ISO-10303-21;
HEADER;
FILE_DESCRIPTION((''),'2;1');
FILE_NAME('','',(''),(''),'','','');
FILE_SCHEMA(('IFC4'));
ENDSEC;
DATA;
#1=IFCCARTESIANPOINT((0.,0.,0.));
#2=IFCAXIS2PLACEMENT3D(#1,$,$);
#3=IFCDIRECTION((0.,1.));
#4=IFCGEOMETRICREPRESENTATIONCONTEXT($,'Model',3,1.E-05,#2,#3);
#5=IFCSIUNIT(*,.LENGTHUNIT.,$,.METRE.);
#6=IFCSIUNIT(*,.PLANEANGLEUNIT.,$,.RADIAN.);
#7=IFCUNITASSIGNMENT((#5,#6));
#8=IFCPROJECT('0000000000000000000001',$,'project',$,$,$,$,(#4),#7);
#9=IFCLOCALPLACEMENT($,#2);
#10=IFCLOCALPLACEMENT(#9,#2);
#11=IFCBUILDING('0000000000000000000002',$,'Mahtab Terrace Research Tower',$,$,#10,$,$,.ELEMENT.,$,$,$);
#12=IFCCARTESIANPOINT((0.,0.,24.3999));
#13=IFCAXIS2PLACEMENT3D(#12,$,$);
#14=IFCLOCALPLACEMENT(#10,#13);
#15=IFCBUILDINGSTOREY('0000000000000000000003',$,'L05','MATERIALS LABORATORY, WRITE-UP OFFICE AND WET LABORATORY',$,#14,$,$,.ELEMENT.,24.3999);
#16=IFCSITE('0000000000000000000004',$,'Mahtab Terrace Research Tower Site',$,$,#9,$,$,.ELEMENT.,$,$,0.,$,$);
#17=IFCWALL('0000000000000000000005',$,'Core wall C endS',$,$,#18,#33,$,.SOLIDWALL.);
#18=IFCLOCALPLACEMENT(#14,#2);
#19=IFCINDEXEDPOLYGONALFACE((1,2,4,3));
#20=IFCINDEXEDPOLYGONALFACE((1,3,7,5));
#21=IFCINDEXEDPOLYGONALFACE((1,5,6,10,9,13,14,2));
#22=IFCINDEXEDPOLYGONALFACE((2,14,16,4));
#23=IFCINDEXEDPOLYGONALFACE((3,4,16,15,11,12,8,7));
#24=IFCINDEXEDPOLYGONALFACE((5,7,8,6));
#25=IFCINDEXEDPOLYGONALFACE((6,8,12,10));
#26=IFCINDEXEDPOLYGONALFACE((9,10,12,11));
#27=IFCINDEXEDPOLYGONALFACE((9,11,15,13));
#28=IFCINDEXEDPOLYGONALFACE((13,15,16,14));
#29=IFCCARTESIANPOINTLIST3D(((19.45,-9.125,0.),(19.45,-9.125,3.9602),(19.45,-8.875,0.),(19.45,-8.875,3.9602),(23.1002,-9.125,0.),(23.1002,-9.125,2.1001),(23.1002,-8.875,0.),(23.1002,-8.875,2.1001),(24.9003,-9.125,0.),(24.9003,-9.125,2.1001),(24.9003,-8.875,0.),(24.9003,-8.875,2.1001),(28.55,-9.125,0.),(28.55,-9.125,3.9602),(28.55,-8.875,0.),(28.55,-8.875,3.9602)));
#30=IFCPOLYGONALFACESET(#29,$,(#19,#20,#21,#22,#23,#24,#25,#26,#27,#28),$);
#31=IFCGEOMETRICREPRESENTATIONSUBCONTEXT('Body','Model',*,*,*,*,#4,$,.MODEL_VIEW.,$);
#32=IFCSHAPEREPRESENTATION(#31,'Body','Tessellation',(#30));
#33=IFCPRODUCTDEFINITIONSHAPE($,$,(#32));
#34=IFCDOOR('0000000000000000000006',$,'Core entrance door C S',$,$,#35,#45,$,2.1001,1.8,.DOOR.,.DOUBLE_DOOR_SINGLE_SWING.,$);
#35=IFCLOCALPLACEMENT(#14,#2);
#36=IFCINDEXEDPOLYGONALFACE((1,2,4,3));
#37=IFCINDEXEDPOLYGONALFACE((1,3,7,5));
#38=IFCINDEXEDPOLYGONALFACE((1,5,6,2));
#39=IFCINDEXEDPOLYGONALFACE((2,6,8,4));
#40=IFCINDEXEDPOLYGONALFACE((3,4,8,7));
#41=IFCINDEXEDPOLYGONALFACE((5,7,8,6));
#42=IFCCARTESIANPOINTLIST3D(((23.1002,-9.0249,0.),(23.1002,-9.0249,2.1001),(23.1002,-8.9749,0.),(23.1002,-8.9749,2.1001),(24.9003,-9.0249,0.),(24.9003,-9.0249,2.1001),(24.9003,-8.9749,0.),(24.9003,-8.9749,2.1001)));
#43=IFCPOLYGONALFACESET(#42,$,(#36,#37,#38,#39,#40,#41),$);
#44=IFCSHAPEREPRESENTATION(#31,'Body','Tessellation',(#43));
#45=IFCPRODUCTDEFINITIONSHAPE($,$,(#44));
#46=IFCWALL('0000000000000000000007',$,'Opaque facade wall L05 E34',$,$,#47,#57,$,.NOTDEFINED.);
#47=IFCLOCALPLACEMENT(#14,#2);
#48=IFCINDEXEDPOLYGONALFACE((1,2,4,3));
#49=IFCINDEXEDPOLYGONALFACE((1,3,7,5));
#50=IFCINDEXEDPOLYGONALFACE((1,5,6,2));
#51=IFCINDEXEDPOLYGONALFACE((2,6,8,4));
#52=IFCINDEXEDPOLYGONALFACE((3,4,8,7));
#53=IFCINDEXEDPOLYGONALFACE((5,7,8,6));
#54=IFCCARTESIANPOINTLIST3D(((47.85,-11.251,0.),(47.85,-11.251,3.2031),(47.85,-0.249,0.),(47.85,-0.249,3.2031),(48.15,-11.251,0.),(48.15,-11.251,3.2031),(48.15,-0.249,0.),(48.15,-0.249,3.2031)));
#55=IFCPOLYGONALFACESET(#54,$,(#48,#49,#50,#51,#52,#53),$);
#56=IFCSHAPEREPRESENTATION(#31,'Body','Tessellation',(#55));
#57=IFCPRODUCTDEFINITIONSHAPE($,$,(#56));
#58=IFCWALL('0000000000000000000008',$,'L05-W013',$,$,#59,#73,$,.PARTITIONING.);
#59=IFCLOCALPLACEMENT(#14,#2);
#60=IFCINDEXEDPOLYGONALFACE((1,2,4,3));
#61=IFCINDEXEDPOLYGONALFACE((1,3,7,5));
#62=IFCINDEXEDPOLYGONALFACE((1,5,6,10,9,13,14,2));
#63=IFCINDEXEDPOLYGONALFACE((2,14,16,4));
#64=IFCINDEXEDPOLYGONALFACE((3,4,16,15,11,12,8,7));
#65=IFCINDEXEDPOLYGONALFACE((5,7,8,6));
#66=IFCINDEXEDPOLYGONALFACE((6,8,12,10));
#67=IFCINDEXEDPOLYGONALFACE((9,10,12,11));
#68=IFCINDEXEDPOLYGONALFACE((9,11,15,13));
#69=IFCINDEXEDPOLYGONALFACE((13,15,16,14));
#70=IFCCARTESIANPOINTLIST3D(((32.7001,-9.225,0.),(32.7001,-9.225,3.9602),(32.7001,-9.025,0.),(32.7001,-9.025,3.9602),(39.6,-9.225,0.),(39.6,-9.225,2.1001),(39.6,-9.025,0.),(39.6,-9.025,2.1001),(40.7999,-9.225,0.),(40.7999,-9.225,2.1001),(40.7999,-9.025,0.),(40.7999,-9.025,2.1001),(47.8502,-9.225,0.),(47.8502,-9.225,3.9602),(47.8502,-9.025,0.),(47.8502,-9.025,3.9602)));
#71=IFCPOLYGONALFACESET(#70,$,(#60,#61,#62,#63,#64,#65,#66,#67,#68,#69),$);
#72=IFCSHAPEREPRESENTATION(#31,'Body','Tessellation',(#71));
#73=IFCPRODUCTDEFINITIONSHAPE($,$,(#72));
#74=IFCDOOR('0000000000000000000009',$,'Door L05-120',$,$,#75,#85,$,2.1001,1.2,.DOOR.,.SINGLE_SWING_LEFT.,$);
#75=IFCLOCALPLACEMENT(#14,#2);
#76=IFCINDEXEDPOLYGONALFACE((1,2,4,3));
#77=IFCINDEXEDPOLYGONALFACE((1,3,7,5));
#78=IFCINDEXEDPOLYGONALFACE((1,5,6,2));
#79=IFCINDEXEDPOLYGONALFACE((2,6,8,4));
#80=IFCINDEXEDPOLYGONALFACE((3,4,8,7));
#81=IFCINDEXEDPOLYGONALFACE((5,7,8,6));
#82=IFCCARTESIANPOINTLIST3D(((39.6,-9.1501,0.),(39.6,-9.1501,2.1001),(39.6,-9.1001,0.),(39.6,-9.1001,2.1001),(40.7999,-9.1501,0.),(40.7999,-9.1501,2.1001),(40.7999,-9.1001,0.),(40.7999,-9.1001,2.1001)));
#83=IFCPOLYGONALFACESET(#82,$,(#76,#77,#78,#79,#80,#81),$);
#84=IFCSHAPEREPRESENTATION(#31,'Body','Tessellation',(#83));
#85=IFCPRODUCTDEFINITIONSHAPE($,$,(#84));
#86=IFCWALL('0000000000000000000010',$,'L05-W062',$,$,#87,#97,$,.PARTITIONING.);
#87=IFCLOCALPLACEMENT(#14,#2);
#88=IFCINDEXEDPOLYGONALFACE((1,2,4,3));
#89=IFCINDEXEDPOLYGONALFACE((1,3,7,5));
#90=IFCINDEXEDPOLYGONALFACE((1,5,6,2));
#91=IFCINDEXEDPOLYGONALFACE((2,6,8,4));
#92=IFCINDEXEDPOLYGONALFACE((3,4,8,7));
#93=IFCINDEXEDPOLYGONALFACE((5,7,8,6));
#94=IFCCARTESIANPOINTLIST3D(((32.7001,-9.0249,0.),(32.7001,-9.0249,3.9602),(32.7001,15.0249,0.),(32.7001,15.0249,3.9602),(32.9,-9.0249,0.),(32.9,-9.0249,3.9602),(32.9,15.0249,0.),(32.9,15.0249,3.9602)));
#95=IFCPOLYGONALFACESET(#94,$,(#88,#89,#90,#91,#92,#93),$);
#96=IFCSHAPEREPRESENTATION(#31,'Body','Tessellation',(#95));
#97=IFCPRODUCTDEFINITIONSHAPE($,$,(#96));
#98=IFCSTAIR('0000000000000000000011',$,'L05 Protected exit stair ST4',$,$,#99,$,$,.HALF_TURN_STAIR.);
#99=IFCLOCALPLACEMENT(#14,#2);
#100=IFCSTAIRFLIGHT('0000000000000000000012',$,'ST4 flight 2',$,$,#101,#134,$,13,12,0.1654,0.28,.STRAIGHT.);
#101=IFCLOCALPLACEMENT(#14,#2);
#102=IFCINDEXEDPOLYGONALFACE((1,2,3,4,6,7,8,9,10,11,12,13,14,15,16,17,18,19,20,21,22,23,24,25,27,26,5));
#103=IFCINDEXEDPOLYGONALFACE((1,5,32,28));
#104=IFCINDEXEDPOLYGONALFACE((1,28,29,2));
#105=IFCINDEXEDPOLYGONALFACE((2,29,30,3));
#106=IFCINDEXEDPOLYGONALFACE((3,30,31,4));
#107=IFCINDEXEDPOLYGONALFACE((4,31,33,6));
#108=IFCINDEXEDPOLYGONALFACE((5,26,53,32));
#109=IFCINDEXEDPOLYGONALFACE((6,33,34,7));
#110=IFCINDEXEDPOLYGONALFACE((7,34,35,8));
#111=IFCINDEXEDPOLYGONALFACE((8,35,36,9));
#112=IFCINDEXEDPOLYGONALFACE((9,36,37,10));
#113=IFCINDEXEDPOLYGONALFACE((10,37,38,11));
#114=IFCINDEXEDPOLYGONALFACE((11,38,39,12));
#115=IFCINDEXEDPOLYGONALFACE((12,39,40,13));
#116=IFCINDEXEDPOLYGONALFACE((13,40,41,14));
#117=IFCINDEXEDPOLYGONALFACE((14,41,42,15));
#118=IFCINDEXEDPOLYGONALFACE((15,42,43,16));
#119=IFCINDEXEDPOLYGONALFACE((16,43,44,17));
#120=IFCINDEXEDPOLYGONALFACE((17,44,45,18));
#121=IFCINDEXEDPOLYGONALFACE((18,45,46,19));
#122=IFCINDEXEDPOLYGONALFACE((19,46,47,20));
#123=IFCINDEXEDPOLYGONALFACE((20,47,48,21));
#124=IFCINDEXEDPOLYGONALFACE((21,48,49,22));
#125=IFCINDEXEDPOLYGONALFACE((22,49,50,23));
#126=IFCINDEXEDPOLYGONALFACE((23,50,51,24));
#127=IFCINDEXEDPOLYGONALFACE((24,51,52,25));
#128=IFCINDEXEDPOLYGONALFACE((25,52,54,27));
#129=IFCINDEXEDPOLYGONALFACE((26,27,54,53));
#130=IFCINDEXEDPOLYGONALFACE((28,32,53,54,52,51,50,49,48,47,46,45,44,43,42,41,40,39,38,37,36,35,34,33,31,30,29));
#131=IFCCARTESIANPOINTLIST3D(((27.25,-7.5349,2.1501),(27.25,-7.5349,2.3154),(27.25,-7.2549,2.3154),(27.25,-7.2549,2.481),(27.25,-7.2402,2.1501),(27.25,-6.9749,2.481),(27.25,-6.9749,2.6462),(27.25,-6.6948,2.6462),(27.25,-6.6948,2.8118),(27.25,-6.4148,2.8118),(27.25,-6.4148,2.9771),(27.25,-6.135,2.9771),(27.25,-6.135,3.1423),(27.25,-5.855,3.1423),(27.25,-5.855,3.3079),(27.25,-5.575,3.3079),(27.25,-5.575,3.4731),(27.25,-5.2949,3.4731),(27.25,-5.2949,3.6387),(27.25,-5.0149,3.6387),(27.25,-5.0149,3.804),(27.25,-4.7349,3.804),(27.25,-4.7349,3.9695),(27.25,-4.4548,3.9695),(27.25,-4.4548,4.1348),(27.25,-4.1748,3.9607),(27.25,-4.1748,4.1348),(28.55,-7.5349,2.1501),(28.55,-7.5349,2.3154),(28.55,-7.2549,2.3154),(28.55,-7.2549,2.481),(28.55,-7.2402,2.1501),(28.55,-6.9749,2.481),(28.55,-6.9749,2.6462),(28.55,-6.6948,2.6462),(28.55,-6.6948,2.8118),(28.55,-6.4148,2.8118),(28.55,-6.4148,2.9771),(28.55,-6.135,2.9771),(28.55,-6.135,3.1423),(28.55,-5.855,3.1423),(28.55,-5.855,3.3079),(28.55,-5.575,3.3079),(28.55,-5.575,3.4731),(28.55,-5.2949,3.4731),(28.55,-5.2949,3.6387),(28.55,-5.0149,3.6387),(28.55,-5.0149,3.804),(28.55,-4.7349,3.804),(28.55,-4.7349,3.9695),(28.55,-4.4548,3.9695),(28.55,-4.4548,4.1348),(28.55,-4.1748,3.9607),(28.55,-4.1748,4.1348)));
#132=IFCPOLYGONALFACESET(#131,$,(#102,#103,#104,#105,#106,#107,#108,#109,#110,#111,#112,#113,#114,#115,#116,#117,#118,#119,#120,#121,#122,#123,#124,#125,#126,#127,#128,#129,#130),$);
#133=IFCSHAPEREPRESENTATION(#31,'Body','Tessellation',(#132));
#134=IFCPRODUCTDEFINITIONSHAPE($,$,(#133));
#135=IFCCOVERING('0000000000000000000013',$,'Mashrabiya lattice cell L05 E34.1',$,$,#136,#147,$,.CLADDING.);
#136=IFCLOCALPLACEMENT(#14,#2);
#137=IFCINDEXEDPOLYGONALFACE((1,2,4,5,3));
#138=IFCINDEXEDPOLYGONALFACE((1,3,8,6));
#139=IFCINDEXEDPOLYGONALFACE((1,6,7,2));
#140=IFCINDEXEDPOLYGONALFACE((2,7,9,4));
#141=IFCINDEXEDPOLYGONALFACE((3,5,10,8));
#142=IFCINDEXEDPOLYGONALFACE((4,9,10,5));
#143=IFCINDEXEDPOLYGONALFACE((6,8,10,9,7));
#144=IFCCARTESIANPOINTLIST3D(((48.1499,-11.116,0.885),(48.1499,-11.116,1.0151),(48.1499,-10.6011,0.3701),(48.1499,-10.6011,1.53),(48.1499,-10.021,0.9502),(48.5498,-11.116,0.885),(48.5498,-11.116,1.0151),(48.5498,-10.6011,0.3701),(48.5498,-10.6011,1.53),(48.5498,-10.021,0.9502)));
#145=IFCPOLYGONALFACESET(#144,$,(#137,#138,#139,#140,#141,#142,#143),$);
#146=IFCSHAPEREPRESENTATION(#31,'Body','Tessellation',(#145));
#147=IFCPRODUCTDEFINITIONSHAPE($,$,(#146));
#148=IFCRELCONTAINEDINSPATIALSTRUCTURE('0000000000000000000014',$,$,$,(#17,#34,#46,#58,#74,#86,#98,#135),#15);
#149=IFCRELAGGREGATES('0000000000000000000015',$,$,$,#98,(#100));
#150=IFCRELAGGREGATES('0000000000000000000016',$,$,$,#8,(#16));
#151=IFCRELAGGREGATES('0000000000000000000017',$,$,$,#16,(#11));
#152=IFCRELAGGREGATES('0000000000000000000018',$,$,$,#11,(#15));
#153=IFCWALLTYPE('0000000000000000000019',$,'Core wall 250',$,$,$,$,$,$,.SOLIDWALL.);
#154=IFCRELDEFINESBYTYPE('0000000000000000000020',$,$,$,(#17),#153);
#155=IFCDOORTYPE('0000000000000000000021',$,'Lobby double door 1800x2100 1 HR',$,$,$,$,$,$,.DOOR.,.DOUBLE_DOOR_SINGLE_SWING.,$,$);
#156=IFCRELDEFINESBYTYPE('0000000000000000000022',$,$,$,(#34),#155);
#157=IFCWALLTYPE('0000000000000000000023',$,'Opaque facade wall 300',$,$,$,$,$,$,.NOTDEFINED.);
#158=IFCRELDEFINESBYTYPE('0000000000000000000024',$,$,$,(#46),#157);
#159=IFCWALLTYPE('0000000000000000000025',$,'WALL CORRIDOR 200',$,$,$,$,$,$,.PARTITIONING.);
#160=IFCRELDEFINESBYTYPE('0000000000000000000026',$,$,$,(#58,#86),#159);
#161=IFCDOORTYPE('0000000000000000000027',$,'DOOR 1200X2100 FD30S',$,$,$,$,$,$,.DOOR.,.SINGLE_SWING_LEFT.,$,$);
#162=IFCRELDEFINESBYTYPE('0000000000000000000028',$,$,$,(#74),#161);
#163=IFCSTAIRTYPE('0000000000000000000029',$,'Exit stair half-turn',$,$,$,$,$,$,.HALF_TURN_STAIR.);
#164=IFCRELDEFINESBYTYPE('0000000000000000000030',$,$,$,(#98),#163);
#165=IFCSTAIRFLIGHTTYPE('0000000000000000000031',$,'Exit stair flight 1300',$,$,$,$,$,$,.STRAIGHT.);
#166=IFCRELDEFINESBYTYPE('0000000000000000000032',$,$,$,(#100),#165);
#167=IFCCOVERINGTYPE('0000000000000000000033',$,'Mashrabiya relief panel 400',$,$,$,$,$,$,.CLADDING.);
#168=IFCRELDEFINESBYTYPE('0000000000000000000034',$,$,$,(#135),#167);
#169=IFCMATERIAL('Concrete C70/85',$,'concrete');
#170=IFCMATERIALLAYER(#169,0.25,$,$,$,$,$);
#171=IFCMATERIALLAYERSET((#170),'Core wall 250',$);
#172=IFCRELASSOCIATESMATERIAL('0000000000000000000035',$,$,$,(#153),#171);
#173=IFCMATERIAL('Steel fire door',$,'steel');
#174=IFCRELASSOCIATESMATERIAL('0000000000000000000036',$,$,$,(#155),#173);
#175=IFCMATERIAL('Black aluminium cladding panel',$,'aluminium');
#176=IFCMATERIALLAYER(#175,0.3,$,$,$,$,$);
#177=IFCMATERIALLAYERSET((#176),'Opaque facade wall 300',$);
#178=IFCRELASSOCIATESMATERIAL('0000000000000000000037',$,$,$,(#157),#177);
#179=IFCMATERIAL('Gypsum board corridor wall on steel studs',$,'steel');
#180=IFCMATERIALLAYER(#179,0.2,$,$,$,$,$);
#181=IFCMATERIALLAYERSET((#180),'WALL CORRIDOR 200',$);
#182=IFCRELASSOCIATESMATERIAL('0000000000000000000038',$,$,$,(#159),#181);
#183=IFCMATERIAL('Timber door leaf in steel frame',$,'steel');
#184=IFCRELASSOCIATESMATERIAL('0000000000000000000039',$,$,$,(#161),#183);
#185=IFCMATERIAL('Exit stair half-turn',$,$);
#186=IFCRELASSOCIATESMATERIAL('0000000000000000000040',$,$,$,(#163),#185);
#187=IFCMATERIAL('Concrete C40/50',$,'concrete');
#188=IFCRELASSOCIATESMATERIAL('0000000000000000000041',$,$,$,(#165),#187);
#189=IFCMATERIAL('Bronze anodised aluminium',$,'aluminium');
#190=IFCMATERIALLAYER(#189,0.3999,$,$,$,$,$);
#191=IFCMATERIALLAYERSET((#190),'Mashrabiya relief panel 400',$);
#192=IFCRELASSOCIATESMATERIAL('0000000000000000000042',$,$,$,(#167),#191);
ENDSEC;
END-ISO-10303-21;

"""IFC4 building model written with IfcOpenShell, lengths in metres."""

from ifc_helpers import new_model, si_unit, direction, frame, frame_2d, origin, place, context, subcontext, project, spatial, polyline, rectangle, outline, extrude, material, layer, layer_set, type_object, element, fill, aggregate, save


model = new_model("IFC4")

# Units and contexts
model_context = context("Model", 3, precision=1e-05, world=origin(), true_north=direction((0.0, 1.0)))
body_context = subcontext(model_context, "Body", "Model", "MODEL_VIEW")
ifc_project = project(units=[si_unit("LENGTHUNIT", "METRE"), si_unit("PLANEANGLEUNIT", "RADIAN")], contexts=[model_context])

# Site, building, storey
site_placement = place(None, origin())
site = spatial("IfcSite", under=ifc_project, at=site_placement, Name="Mahtab Terrace Research Tower Site", CompositionType="ELEMENT", RefElevation=0.0)
building_placement = place(site_placement, origin())
building = spatial("IfcBuilding", under=site, at=building_placement, Name="Mahtab Terrace Research Tower", CompositionType="ELEMENT")
storey_placement = place(building_placement, frame((0.0, 0.0, 24.3999)))
storey = spatial("IfcBuildingStorey", under=building, at=storey_placement, Name="L05", Description="MATERIALS LABORATORY, WRITE-UP OFFICE AND WET LABORATORY", CompositionType="ELEMENT", Elevation=24.3999)

# Shared definitions
ifc_material_1 = material(Name="Concrete C70/85", Category="concrete")
ifc_layer_1 = layer(ifc_material_1, 0.25)
ifc_layer_set_1 = layer_set([ifc_layer_1], Name="Core wall 250")
wall_type_1 = type_object("IfcWallType", Name="Core wall 250", PredefinedType="SOLIDWALL", material=ifc_layer_set_1)
ifc_material_2 = material(Name="Steel fire door", Category="steel")

# Wall, opening, door
wall_1_placement = place(storey_placement, frame((28.55, -9.0, 0.0), z_axis=(0.0, 0.0, 1.0), x_axis=(-1.0, 0.0, 0.0)))
wall_1 = element("IfcWall", 1, at=wall_1_placement, inside=storey, type_object=wall_type_1, Name="Core wall C endS", PredefinedType="SOLIDWALL", context=body_context, shape_type="SweptSolid", body=[
    extrude(rectangle(XDim=9.1001, YDim=0.25, at=frame_2d((4.55, 0.0))), origin(), (0.0, 0.0, 1.0), 3.9602),
])
opening_1_placement = place(wall_1_placement, frame((3.6499, 0.0, 0.0)))
opening_1 = element("IfcOpeningElement", 2, at=opening_1_placement, cuts=wall_1, PredefinedType="OPENING", context=body_context, shape_type="SweptSolid", body=[
    extrude(rectangle(XDim=1.8, YDim=2.1001, at=frame_2d((0.8999, 1.05))), frame((0.0, 0.135, 0.0), z_axis=(0.0, -1.0, 0.0), x_axis=(1.0, 0.0, 0.0)), (0.0, 0.0, 1.0), 0.27),
])
door_type_1 = type_object("IfcDoorType", Name="Lobby double door 1800x2100 1 HR", OperationType="DOUBLE_DOOR_SINGLE_SWING", PredefinedType="DOOR", material=ifc_material_2)
door_1_placement = place(opening_1_placement, origin())
door_1 = element("IfcDoor", 3, at=door_1_placement, inside=storey, type_object=door_type_1, Name="Core entrance door C S", OperationType="DOUBLE_DOOR_SINGLE_SWING", OverallHeight=2.1001, OverallWidth=1.8, PredefinedType="DOOR", context=body_context, shape_type="SweptSolid", body=[
    extrude(rectangle(XDim=1.8, YDim=2.1001, at=frame_2d((0.8999, 1.05))), frame((0.0, 0.0249, 0.0), z_axis=(0.0, -1.0, 0.0), x_axis=(1.0, 0.0, 0.0)), (0.0, 0.0, 1.0), 0.05),
])
fill(opening_1, door_1)

# Wall
ifc_material_3 = material(Name="Black aluminium cladding panel", Category="aluminium")
ifc_layer_2 = layer(ifc_material_3, 0.3)
ifc_layer_set_2 = layer_set([ifc_layer_2], Name="Opaque facade wall 300")
wall_type_2 = type_object("IfcWallType", Name="Opaque facade wall 300", PredefinedType="NOTDEFINED", material=ifc_layer_set_2)
wall_2_placement = place(storey_placement, frame((48.0, -11.251, 0.0), z_axis=(0.0, 0.0, 1.0), x_axis=(0.0, 1.0, 0.0)))
element("IfcWall", 4, at=wall_2_placement, inside=storey, type_object=wall_type_2, Name="Opaque facade wall L05 E34", PredefinedType="NOTDEFINED", context=body_context, shape_type="SweptSolid", body=[
    extrude(rectangle(XDim=11.002, YDim=0.3, at=frame_2d((5.501, 0.0))), origin(), (0.0, 0.0, 1.0), 3.2031),
])

# Wall, opening, door
ifc_material_4 = material(Name="Gypsum board corridor wall on steel studs", Category="steel")
ifc_layer_3 = layer(ifc_material_4, 0.2)
ifc_layer_set_3 = layer_set([ifc_layer_3], Name="WALL CORRIDOR 200")
wall_type_3 = type_object("IfcWallType", Name="WALL CORRIDOR 200", PredefinedType="PARTITIONING", material=ifc_layer_set_3)
wall_3_placement = place(storey_placement, frame((32.7, -9.125, 0.0), z_axis=(0.0, 0.0, 1.0), x_axis=(1.0, 0.0, 0.0)))
wall_3 = element("IfcWall", 5, at=wall_3_placement, inside=storey, type_object=wall_type_3, Name="L05-W013", PredefinedType="PARTITIONING", context=body_context, shape_type="SweptSolid", body=[
    extrude(rectangle(XDim=15.1501, YDim=0.2, at=frame_2d((7.5752, 0.0))), origin(), (0.0, 0.0, 1.0), 3.9602),
])
opening_2_placement = place(wall_3_placement, frame((6.8999, 0.0, 0.0)))
opening_2 = element("IfcOpeningElement", 6, at=opening_2_placement, cuts=wall_3, PredefinedType="OPENING", context=body_context, shape_type="SweptSolid", body=[
    extrude(rectangle(XDim=1.2, YDim=2.1001, at=frame_2d((0.6001, 1.05))), frame((0.0, 0.1099, 0.0), z_axis=(0.0, -1.0, 0.0), x_axis=(1.0, 0.0, 0.0)), (0.0, 0.0, 1.0), 0.22),
])
ifc_material_5 = material(Name="Timber door leaf in steel frame", Category="steel")
door_type_2 = type_object("IfcDoorType", Name="DOOR 1200X2100 FD30S", OperationType="SINGLE_SWING_LEFT", PredefinedType="DOOR", material=ifc_material_5)
door_2_placement = place(opening_2_placement, origin())
door_2 = element("IfcDoor", 7, at=door_2_placement, inside=storey, type_object=door_type_2, Name="Door L05-120", OperationType="SINGLE_SWING_LEFT", OverallHeight=2.1001, OverallWidth=1.2, PredefinedType="DOOR", context=body_context, shape_type="SweptSolid", body=[
    extrude(rectangle(XDim=1.2, YDim=2.1001, at=frame_2d((0.6001, 1.05))), frame((0.0, 0.0249, 0.0), z_axis=(0.0, -1.0, 0.0), x_axis=(1.0, 0.0, 0.0)), (0.0, 0.0, 1.0), 0.05),
])
fill(opening_2, door_2)

# Wall
wall_4_placement = place(storey_placement, frame((32.8, -9.0249, 0.0), z_axis=(0.0, 0.0, 1.0), x_axis=(0.0, 1.0, 0.0)))
element("IfcWall", 8, at=wall_4_placement, inside=storey, type_object=wall_type_3, Name="L05-W062", PredefinedType="PARTITIONING", context=body_context, shape_type="SweptSolid", body=[
    extrude(rectangle(XDim=24.0498, YDim=0.2, at=frame_2d((12.0249, 0.0))), origin(), (0.0, 0.0, 1.0), 3.9602),
])

# Stair, stair flight
ifc_material_6 = material(Name="Exit stair half-turn")
stair_type = type_object("IfcStairType", Name="Exit stair half-turn", PredefinedType="HALF_TURN_STAIR", material=ifc_material_6)
stair_placement = place(storey_placement, origin())
stair = element("IfcStair", 9, at=stair_placement, inside=storey, type_object=stair_type, Name="L05 Protected exit stair ST4", PredefinedType="HALF_TURN_STAIR")
ifc_material_7 = material(Name="Concrete C40/50", Category="concrete")
stair_flight_type = type_object("IfcStairFlightType", Name="Exit stair flight 1300", PredefinedType="STRAIGHT", material=ifc_material_7)
stair_flight_placement = place(storey_placement, frame((27.8999, -7.5349, 2.1501), z_axis=(0.0, 0.0, 1.0), x_axis=(0.0, 1.0, 0.0)))
stair_flight = element("IfcStairFlight", 10, at=stair_flight_placement, type_object=stair_flight_type, Name="ST4 flight 2", NumberOfRisers=13, NumberOfTreads=12, PredefinedType="STRAIGHT", RiserHeight=0.1654, TreadLength=0.28, context=body_context, shape_type="SweptSolid", body=[
    extrude(outline(polyline([(0.0, 0.0), (0.0, 0.1653), (0.28, 0.1653), (0.28, 0.3308), (0.5601, 0.3308), (0.5601, 0.4961), (0.8401, 0.4961), (0.8401, 0.6616), (1.1201, 0.6616), (1.1201, 0.8269), (1.3999, 0.8269), (1.3999, 0.9922), (1.6799, 0.9922), (1.6799, 1.1577), (1.96, 1.1577), (1.96, 1.323), (2.24, 1.323), (2.24, 1.4885), (2.52, 1.4885), (2.52, 1.6538), (2.8, 1.6538), (2.8, 1.8193), (3.0801, 1.8193), (3.0801, 1.9846), (3.3601, 1.9846), (3.3601, 2.1499), (3.3601, 1.8105), (0.2947, 0.0), (0.0, 0.0)])), frame((0.0, 0.6499, 0.0), z_axis=(0.0, -1.0, 0.0), x_axis=(1.0, 0.0, 0.0)), (0.0, 0.0, 1.0), 1.3),
])
aggregate(stair, [stair_flight])

# Covering
ifc_material_8 = material(Name="Bronze anodised aluminium", Category="aluminium")
ifc_layer_4 = layer(ifc_material_8, 0.3999)
ifc_layer_set_4 = layer_set([ifc_layer_4], Name="Mashrabiya relief panel 400")
covering_type = type_object("IfcCoveringType", Name="Mashrabiya relief panel 400", PredefinedType="CLADDING", material=ifc_layer_set_4)
covering_placement = place(storey_placement, frame((48.1499, -10.6011, 1.53), z_axis=(-1.0, 0.0, 0.0), x_axis=(0.0, 0.707256, -0.706958)))
element("IfcCovering", 11, at=covering_placement, inside=storey, type_object=covering_type, Name="Mashrabiya lattice cell L05 E34.1", PredefinedType="CLADDING", context=body_context, shape_type="SweptSolid", body=[
    extrude(outline(polyline([(0.0, 0.0), (0.8202, 0.0), (0.82, 0.8204), (0.0918, 0.8202), (-0.0002, 0.7282), (0.0, 0.0)])), origin(), (0.0, 0.0, -1.0), 0.3999),
])

save(model, "model.ifc")
